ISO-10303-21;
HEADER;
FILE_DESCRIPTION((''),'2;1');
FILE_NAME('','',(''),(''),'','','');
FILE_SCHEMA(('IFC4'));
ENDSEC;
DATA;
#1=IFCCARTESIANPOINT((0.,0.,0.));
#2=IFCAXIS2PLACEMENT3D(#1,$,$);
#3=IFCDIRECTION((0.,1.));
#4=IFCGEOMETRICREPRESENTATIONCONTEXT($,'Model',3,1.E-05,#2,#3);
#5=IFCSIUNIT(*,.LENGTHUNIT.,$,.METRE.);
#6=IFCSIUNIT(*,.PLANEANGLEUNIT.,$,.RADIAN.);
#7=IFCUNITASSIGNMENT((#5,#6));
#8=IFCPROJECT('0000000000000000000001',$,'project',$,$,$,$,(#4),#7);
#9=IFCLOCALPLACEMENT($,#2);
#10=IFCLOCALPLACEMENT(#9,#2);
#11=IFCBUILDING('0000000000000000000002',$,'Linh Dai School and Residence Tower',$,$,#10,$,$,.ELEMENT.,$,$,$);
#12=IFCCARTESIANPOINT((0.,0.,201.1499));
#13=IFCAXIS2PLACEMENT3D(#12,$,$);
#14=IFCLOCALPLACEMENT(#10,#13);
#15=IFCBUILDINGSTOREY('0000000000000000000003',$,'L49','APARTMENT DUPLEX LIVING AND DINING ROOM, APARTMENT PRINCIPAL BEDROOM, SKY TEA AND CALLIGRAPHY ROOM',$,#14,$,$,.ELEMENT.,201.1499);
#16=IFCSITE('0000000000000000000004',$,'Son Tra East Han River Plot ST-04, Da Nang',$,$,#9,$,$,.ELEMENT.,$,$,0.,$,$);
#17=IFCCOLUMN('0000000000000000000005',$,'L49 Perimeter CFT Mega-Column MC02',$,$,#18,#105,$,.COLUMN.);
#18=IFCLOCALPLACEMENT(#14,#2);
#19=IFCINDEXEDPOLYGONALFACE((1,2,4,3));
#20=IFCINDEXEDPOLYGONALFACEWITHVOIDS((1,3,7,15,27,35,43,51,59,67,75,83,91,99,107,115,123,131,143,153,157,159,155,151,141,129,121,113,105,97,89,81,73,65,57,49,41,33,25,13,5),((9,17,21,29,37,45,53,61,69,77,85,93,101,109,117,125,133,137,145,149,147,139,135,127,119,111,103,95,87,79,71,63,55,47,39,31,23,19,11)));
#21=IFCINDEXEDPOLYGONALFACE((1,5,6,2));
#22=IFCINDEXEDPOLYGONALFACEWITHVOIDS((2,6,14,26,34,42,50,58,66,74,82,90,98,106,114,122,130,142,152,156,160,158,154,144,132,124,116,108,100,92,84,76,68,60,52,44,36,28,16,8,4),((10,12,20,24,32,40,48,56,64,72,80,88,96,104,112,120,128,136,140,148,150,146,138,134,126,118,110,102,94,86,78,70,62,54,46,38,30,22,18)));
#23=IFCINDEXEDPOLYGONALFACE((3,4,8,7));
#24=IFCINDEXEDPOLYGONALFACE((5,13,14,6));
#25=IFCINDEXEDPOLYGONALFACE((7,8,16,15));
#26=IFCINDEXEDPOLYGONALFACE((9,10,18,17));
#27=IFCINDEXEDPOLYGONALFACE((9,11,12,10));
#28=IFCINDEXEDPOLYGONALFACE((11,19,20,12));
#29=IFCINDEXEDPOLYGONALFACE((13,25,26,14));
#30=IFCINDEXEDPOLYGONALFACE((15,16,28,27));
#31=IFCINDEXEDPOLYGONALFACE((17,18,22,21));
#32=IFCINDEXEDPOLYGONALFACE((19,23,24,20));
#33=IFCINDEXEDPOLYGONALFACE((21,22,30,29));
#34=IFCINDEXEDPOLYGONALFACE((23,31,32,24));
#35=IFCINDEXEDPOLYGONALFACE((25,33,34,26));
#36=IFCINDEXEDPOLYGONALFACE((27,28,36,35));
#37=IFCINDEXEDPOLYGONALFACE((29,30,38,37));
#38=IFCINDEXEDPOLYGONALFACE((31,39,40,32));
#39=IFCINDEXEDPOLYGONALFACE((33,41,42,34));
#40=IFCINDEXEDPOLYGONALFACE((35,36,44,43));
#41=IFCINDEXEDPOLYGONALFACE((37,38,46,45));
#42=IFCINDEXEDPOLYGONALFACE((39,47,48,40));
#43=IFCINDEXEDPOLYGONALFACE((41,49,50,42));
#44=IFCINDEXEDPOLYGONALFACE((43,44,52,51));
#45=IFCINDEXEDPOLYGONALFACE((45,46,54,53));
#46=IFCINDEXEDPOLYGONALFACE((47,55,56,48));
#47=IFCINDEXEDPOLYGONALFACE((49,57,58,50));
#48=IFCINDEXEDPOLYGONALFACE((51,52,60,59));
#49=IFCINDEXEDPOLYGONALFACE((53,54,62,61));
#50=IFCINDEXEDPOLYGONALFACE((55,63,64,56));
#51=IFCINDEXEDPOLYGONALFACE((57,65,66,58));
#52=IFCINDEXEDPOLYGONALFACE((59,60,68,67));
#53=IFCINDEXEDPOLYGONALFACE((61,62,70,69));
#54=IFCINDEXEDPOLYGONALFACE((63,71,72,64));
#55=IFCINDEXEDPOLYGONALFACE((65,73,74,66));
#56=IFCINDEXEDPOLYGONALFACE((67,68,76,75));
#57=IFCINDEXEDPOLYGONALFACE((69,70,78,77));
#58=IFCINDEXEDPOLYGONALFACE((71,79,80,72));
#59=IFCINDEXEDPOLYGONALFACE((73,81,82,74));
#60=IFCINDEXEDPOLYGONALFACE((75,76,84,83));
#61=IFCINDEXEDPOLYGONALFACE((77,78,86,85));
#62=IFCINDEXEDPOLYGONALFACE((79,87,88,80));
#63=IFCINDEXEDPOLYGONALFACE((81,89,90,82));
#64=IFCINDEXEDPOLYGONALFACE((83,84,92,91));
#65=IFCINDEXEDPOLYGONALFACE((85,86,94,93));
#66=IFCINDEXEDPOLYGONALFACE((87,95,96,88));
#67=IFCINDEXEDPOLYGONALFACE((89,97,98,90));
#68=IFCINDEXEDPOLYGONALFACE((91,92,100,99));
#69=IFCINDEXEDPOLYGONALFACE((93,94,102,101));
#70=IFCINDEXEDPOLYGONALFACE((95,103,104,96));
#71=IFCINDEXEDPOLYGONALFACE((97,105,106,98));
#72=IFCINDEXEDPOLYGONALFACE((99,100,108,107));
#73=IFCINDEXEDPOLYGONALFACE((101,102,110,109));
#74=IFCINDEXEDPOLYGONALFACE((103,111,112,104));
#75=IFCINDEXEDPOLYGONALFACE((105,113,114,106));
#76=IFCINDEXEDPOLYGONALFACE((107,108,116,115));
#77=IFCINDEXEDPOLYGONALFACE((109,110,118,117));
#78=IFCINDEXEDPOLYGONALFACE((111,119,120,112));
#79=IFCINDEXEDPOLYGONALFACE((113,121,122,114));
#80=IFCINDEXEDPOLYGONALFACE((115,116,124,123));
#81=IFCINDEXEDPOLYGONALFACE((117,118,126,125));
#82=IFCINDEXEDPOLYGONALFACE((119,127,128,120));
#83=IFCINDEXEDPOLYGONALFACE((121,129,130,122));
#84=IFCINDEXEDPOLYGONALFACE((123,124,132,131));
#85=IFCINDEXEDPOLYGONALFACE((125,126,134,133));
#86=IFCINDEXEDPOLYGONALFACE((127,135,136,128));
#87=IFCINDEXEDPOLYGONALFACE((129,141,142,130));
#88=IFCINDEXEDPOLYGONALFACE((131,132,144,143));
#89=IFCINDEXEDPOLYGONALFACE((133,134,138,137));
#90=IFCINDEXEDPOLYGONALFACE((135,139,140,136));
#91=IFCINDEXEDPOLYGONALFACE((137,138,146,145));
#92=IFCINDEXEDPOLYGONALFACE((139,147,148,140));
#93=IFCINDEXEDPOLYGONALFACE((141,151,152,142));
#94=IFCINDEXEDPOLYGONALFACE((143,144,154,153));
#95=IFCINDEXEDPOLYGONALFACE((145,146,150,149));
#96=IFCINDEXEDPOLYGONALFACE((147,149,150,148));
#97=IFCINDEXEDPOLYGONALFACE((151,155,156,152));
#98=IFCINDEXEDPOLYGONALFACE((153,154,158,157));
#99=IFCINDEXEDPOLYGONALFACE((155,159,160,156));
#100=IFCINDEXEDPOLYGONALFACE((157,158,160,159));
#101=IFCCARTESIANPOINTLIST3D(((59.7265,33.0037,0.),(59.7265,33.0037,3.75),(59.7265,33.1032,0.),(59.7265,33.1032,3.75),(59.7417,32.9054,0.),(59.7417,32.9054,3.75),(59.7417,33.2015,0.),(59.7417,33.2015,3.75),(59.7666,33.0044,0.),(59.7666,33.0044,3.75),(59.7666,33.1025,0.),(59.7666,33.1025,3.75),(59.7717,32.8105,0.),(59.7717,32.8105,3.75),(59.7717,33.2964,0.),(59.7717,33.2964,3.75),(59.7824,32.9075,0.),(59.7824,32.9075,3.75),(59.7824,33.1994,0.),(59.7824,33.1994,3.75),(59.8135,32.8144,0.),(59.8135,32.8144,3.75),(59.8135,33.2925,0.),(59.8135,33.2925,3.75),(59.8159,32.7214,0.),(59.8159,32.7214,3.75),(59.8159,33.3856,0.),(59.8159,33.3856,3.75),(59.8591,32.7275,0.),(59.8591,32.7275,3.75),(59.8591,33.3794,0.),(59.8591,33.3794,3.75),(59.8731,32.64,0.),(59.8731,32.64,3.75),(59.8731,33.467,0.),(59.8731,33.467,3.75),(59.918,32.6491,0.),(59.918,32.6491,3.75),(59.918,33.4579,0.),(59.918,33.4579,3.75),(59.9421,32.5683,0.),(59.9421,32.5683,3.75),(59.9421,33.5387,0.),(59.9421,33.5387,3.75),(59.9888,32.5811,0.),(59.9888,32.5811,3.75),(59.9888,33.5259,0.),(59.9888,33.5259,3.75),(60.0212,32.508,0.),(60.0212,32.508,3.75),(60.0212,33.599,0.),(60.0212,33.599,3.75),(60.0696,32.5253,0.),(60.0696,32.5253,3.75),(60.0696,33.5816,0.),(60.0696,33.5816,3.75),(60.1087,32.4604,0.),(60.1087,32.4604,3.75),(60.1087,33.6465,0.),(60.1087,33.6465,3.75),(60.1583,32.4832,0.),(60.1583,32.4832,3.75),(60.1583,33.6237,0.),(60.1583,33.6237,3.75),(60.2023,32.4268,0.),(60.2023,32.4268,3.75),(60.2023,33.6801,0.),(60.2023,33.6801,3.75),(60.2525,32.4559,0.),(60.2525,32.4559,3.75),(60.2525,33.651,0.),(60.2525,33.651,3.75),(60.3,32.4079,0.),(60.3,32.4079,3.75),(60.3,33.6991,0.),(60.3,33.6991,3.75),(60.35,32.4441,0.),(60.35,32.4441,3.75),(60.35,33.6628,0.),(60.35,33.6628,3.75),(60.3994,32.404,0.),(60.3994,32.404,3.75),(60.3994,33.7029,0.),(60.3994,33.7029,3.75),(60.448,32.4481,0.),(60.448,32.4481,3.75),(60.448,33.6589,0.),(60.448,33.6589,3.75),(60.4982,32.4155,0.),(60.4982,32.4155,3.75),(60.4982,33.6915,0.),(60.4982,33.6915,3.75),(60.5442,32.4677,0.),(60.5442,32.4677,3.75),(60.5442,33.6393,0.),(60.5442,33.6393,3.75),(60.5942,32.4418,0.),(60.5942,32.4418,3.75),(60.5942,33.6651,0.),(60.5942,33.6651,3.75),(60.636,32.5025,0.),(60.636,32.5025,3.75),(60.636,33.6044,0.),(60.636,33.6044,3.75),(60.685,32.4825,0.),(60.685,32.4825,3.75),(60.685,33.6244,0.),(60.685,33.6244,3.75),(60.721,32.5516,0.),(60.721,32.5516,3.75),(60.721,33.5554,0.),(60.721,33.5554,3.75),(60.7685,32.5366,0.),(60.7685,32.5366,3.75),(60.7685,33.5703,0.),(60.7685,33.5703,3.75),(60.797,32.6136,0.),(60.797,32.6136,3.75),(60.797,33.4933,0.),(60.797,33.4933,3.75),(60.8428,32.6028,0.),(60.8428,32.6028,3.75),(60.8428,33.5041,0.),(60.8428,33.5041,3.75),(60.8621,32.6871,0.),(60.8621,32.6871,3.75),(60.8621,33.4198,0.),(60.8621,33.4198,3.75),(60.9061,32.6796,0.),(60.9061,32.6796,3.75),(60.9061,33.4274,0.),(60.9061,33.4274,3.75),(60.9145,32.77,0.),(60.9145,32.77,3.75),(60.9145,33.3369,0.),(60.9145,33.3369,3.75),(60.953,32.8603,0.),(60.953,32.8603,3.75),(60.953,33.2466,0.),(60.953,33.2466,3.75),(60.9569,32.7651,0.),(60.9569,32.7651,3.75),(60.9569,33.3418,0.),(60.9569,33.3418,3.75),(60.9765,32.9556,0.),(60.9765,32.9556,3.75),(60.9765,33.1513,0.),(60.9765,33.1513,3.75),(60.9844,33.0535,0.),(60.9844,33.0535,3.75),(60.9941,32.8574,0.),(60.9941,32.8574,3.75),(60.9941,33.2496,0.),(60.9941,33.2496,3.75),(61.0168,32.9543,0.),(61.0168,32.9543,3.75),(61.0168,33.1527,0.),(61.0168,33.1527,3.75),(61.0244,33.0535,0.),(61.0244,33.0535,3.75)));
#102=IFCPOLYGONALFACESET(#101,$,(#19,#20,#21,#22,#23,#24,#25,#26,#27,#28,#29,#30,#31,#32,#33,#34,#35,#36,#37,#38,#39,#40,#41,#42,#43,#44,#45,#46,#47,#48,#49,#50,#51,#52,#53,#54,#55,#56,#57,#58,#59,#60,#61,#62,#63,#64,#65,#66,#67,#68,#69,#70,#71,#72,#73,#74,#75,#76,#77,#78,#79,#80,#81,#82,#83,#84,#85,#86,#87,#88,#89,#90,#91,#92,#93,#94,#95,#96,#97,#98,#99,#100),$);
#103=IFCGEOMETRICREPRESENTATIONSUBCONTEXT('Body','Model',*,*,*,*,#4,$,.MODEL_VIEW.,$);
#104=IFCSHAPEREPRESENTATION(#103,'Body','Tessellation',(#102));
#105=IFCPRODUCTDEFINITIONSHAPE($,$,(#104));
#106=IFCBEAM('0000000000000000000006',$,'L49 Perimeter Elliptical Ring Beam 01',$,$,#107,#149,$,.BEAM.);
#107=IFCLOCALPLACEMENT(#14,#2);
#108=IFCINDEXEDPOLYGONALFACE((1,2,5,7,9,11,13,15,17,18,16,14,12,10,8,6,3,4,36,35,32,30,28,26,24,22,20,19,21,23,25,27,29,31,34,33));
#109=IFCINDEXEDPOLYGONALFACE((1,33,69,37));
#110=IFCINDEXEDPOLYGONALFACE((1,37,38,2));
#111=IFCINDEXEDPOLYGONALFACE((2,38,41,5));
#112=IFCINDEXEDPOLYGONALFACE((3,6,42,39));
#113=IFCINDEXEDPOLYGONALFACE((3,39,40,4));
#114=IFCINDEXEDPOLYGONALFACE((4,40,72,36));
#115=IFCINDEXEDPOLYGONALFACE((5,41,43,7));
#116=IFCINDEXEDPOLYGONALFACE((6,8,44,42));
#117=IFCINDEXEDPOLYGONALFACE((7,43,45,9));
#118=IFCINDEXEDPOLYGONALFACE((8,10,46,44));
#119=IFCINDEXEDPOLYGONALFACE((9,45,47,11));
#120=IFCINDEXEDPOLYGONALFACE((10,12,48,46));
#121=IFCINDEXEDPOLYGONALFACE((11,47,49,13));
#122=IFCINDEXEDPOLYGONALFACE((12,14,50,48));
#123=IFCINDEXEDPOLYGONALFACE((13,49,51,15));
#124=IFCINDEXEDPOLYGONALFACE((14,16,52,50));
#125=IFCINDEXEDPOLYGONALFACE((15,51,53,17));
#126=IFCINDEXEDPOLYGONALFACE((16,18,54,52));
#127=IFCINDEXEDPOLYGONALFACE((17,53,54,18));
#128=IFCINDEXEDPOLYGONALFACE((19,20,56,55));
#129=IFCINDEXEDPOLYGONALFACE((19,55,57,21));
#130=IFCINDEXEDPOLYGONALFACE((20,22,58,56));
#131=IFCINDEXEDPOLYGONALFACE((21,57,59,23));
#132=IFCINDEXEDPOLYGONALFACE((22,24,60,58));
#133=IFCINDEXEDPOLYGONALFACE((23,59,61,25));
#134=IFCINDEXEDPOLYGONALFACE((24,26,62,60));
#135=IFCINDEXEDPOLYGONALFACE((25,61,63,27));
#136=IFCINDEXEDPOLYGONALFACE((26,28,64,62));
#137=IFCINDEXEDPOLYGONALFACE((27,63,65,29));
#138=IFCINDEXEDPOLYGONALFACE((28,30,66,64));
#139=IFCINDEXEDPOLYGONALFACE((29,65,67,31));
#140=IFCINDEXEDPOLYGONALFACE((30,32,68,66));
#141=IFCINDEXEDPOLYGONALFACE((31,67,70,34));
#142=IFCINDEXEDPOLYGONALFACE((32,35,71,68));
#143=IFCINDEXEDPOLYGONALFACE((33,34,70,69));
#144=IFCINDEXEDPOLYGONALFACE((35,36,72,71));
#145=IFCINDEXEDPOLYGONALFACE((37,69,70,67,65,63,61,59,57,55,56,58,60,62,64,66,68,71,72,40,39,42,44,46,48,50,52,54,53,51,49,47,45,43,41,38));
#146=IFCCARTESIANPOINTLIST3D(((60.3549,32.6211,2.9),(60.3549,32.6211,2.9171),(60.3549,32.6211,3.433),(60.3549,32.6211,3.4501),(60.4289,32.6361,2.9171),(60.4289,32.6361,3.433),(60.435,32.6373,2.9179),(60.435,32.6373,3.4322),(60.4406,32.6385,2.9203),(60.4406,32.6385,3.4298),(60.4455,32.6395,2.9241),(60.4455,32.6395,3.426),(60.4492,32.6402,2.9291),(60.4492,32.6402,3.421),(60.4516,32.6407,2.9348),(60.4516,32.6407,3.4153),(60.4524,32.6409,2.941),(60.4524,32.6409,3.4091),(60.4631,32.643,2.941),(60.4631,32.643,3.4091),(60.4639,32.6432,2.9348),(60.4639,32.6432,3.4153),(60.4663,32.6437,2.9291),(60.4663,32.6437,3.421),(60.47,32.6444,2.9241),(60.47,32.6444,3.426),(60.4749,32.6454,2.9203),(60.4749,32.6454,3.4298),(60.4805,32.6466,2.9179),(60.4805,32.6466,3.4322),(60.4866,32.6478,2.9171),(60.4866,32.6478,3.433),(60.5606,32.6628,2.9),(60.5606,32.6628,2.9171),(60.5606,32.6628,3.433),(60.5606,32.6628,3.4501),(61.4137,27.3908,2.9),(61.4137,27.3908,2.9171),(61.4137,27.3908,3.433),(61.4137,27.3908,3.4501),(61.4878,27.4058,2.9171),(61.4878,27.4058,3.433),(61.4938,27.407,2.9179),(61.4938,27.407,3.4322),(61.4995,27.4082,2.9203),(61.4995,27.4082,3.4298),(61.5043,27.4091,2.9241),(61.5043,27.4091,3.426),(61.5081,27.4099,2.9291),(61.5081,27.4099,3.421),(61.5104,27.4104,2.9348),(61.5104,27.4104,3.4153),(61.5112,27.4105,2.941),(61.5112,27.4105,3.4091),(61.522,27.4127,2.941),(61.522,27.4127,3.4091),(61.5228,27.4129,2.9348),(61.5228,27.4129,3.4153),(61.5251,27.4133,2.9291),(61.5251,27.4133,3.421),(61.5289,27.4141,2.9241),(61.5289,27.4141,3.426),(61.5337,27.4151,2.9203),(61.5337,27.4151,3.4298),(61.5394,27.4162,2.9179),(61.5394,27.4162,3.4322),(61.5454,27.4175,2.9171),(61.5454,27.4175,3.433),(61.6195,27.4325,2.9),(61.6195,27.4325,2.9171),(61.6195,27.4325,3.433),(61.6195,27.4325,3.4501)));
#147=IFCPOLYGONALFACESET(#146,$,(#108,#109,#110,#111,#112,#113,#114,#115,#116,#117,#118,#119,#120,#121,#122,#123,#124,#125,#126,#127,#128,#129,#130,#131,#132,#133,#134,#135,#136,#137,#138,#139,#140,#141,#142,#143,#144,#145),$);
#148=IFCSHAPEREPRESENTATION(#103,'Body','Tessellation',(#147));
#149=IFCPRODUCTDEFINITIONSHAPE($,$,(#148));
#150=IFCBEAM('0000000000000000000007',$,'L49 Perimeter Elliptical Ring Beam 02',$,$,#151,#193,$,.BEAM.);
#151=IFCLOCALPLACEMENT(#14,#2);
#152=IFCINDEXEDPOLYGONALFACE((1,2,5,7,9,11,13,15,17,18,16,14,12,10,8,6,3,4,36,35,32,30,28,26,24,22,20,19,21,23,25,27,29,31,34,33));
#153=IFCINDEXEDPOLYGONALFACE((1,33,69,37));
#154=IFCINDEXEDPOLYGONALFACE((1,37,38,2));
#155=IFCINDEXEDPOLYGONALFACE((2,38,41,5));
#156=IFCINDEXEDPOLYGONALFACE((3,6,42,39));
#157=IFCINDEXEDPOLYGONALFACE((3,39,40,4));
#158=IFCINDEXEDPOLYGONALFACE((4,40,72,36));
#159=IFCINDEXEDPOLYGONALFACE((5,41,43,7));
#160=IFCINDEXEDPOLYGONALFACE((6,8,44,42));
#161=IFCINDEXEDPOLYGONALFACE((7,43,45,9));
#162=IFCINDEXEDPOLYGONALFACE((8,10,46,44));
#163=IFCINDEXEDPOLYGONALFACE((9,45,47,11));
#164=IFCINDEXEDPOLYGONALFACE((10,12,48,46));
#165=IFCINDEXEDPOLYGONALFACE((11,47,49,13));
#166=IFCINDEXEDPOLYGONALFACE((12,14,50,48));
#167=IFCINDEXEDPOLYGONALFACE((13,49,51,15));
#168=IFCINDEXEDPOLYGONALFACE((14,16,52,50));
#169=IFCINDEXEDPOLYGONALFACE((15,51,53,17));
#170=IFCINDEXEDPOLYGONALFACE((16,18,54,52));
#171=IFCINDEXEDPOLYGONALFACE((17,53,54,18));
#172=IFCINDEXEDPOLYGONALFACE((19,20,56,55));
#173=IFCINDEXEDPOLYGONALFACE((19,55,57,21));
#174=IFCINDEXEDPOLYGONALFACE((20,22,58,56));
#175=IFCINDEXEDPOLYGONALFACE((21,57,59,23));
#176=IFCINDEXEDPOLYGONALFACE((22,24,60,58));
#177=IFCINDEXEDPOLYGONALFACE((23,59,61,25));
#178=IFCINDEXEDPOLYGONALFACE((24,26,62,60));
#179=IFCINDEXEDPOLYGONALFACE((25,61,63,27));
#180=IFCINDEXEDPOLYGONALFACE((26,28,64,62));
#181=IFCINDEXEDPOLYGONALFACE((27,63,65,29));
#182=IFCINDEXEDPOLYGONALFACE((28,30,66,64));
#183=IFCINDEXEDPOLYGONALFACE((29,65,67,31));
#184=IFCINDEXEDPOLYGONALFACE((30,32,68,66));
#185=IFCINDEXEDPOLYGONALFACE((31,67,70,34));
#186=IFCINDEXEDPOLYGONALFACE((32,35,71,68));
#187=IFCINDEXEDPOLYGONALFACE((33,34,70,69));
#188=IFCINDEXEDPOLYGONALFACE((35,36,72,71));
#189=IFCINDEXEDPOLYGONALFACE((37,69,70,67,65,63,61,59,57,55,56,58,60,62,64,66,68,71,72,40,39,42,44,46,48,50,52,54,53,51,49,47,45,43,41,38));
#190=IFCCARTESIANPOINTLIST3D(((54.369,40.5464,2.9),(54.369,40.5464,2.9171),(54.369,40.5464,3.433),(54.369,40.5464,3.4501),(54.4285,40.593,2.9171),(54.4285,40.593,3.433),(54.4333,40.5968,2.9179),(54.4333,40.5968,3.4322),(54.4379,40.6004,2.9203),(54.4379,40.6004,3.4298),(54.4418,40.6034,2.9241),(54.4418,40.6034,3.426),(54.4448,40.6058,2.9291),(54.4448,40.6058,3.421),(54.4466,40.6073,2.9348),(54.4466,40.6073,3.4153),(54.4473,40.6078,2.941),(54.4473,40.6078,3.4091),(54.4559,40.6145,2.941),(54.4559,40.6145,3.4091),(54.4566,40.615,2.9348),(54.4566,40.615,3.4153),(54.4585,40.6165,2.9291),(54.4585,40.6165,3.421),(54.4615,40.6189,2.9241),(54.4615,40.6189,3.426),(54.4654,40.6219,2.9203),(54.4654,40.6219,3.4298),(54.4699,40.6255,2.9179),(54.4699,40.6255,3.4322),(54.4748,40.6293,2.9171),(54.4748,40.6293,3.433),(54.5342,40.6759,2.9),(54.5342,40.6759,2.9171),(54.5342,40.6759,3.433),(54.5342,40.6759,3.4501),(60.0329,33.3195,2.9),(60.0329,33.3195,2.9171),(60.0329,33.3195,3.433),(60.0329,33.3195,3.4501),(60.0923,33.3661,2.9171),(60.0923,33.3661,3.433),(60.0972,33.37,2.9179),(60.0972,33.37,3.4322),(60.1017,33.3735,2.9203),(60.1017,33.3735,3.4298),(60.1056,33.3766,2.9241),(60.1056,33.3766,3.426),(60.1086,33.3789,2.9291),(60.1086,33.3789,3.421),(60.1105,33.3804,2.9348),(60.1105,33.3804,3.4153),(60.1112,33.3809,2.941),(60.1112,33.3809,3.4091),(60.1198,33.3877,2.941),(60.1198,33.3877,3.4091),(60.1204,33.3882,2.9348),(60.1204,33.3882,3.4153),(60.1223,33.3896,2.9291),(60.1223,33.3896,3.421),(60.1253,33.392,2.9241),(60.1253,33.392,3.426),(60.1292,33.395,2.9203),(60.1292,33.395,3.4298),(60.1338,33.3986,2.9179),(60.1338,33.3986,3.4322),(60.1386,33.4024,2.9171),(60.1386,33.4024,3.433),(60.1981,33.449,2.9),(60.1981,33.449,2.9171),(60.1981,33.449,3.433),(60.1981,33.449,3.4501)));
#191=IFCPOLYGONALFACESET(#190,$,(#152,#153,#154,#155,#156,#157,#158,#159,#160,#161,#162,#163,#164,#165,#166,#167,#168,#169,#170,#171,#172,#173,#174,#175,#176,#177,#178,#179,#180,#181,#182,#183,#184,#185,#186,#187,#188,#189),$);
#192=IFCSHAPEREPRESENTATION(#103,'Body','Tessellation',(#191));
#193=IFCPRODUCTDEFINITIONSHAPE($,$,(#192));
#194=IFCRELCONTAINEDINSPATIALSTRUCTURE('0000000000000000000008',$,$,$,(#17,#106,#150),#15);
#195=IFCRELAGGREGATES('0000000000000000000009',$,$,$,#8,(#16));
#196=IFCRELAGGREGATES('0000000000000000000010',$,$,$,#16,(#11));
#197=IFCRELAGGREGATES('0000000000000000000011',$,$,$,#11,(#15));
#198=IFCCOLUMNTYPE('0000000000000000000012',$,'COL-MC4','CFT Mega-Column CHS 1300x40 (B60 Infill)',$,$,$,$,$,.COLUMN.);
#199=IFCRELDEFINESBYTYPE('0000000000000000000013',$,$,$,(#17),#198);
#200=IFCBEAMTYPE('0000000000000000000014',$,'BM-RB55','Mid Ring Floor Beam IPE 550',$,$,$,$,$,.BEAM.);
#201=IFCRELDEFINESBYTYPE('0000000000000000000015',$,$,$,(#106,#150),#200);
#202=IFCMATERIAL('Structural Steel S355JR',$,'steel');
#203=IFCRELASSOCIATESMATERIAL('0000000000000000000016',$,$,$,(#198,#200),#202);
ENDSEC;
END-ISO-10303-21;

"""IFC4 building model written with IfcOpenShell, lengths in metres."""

from ifc_helpers import new_model, si_unit, direction, frame, origin, origin_2d, place, context, subcontext, project, spatial, hollow_circle, i_section, extrude, material, material_profile, profile_set, type_object, element, save


model = new_model("IFC4")

# Units and contexts
model_context = context("Model", 3, precision=1e-05, world=origin(), true_north=direction((0.0, 1.0)))
body_context = subcontext(model_context, "Body", "Model", "MODEL_VIEW")
ifc_project = project(units=[si_unit("LENGTHUNIT", "METRE"), si_unit("PLANEANGLEUNIT", "RADIAN")], contexts=[model_context])

# Site, building, storey
site_placement = place(None, origin())
site = spatial("IfcSite", under=ifc_project, at=site_placement, Name="Son Tra East Han River Plot ST-04, Da Nang", CompositionType="ELEMENT", RefElevation=0.0)
building_placement = place(site_placement, origin())
building = spatial("IfcBuilding", under=site, at=building_placement, Name="Linh Dai School and Residence Tower", CompositionType="ELEMENT")
storey_placement = place(building_placement, frame((0.0, 0.0, 201.1499)))
storey = spatial("IfcBuildingStorey", under=building, at=storey_placement, Name="L49", Description="APARTMENT DUPLEX LIVING AND DINING ROOM, APARTMENT PRINCIPAL BEDROOM, SKY TEA AND CALLIGRAPHY ROOM", CompositionType="ELEMENT", Elevation=201.1499)

# Column
ifc_material_1 = material(Name="Structural Steel S355JR", Category="steel")
ifc_material_profile_1 = material_profile(ifc_material_1, hollow_circle(Radius=0.6499, WallThickness=0.04, at=origin_2d()), Name="CHS 1300x40")
ifc_profile_set_1 = profile_set([ifc_material_profile_1], Name="Structural Steel S355JR")
column_type = type_object("IfcColumnType", Name="COL-MC4", Description="CFT Mega-Column CHS 1300x40 (B60 Infill)", PredefinedType="COLUMN", material=ifc_profile_set_1)
column_placement = place(storey_placement, frame((60.3745, 33.0535, 0.0), z_axis=(0.0, 0.0, 1.0), x_axis=(1.0, 0.0, 0.0)))
element("IfcColumn", 1, at=column_placement, inside=storey, type_object=column_type, Name="L49 Perimeter CFT Mega-Column MC02", PredefinedType="COLUMN", context=body_context, shape_type="SweptSolid", body=[
    extrude(hollow_circle(Radius=0.6499, WallThickness=0.04, at=origin_2d()), origin(), (0.0, 0.0, 1.0), 3.75),
])

# Beams
ifc_material_profile_2 = material_profile(ifc_material_1, i_section(OverallWidth=0.21, OverallDepth=0.55, WebThickness=0.011, FlangeThickness=0.0171, FilletRadius=0.0239, at=origin_2d()), Name="IPE 550")
ifc_profile_set_2 = profile_set([ifc_material_profile_2], Name="Structural Steel S355JR")
beam_type_1 = type_object("IfcBeamType", Name="BM-RB55", Description="Mid Ring Floor Beam IPE 550", PredefinedType="BEAM", material=ifc_profile_set_2)
beam_1_placement = place(storey_placement, frame((61.5166, 27.4116, 3.175), z_axis=(-0.198421, 0.980117, 0.0), x_axis=(-0.980117, -0.198421, 0.0)))
element("IfcBeam", 2, at=beam_1_placement, inside=storey, type_object=beam_type_1, Name="L49 Perimeter Elliptical Ring Beam 01", PredefinedType="BEAM", context=body_context, shape_type="SweptSolid", body=[
    extrude(i_section(OverallWidth=0.21, OverallDepth=0.55, WebThickness=0.011, FlangeThickness=0.0171, FilletRadius=0.0239, at=origin_2d()), origin(), (0.0, 0.0, 1.0), 5.3364),
])
beam_2_placement = place(storey_placement, frame((60.1155, 33.3843, 3.175), z_axis=(-0.616852, 0.787079, 0.0), x_axis=(-0.787079, -0.616852, 0.0)))
element("IfcBeam", 3, at=beam_2_placement, inside=storey, type_object=beam_type_1, Name="L49 Perimeter Elliptical Ring Beam 02", PredefinedType="BEAM", context=body_context, shape_type="SweptSolid", body=[
    extrude(i_section(OverallWidth=0.21, OverallDepth=0.55, WebThickness=0.011, FlangeThickness=0.0171, FilletRadius=0.0239, at=origin_2d()), origin(), (0.0, 0.0, 1.0), 9.1819),
])

save(model, "model.ifc")
